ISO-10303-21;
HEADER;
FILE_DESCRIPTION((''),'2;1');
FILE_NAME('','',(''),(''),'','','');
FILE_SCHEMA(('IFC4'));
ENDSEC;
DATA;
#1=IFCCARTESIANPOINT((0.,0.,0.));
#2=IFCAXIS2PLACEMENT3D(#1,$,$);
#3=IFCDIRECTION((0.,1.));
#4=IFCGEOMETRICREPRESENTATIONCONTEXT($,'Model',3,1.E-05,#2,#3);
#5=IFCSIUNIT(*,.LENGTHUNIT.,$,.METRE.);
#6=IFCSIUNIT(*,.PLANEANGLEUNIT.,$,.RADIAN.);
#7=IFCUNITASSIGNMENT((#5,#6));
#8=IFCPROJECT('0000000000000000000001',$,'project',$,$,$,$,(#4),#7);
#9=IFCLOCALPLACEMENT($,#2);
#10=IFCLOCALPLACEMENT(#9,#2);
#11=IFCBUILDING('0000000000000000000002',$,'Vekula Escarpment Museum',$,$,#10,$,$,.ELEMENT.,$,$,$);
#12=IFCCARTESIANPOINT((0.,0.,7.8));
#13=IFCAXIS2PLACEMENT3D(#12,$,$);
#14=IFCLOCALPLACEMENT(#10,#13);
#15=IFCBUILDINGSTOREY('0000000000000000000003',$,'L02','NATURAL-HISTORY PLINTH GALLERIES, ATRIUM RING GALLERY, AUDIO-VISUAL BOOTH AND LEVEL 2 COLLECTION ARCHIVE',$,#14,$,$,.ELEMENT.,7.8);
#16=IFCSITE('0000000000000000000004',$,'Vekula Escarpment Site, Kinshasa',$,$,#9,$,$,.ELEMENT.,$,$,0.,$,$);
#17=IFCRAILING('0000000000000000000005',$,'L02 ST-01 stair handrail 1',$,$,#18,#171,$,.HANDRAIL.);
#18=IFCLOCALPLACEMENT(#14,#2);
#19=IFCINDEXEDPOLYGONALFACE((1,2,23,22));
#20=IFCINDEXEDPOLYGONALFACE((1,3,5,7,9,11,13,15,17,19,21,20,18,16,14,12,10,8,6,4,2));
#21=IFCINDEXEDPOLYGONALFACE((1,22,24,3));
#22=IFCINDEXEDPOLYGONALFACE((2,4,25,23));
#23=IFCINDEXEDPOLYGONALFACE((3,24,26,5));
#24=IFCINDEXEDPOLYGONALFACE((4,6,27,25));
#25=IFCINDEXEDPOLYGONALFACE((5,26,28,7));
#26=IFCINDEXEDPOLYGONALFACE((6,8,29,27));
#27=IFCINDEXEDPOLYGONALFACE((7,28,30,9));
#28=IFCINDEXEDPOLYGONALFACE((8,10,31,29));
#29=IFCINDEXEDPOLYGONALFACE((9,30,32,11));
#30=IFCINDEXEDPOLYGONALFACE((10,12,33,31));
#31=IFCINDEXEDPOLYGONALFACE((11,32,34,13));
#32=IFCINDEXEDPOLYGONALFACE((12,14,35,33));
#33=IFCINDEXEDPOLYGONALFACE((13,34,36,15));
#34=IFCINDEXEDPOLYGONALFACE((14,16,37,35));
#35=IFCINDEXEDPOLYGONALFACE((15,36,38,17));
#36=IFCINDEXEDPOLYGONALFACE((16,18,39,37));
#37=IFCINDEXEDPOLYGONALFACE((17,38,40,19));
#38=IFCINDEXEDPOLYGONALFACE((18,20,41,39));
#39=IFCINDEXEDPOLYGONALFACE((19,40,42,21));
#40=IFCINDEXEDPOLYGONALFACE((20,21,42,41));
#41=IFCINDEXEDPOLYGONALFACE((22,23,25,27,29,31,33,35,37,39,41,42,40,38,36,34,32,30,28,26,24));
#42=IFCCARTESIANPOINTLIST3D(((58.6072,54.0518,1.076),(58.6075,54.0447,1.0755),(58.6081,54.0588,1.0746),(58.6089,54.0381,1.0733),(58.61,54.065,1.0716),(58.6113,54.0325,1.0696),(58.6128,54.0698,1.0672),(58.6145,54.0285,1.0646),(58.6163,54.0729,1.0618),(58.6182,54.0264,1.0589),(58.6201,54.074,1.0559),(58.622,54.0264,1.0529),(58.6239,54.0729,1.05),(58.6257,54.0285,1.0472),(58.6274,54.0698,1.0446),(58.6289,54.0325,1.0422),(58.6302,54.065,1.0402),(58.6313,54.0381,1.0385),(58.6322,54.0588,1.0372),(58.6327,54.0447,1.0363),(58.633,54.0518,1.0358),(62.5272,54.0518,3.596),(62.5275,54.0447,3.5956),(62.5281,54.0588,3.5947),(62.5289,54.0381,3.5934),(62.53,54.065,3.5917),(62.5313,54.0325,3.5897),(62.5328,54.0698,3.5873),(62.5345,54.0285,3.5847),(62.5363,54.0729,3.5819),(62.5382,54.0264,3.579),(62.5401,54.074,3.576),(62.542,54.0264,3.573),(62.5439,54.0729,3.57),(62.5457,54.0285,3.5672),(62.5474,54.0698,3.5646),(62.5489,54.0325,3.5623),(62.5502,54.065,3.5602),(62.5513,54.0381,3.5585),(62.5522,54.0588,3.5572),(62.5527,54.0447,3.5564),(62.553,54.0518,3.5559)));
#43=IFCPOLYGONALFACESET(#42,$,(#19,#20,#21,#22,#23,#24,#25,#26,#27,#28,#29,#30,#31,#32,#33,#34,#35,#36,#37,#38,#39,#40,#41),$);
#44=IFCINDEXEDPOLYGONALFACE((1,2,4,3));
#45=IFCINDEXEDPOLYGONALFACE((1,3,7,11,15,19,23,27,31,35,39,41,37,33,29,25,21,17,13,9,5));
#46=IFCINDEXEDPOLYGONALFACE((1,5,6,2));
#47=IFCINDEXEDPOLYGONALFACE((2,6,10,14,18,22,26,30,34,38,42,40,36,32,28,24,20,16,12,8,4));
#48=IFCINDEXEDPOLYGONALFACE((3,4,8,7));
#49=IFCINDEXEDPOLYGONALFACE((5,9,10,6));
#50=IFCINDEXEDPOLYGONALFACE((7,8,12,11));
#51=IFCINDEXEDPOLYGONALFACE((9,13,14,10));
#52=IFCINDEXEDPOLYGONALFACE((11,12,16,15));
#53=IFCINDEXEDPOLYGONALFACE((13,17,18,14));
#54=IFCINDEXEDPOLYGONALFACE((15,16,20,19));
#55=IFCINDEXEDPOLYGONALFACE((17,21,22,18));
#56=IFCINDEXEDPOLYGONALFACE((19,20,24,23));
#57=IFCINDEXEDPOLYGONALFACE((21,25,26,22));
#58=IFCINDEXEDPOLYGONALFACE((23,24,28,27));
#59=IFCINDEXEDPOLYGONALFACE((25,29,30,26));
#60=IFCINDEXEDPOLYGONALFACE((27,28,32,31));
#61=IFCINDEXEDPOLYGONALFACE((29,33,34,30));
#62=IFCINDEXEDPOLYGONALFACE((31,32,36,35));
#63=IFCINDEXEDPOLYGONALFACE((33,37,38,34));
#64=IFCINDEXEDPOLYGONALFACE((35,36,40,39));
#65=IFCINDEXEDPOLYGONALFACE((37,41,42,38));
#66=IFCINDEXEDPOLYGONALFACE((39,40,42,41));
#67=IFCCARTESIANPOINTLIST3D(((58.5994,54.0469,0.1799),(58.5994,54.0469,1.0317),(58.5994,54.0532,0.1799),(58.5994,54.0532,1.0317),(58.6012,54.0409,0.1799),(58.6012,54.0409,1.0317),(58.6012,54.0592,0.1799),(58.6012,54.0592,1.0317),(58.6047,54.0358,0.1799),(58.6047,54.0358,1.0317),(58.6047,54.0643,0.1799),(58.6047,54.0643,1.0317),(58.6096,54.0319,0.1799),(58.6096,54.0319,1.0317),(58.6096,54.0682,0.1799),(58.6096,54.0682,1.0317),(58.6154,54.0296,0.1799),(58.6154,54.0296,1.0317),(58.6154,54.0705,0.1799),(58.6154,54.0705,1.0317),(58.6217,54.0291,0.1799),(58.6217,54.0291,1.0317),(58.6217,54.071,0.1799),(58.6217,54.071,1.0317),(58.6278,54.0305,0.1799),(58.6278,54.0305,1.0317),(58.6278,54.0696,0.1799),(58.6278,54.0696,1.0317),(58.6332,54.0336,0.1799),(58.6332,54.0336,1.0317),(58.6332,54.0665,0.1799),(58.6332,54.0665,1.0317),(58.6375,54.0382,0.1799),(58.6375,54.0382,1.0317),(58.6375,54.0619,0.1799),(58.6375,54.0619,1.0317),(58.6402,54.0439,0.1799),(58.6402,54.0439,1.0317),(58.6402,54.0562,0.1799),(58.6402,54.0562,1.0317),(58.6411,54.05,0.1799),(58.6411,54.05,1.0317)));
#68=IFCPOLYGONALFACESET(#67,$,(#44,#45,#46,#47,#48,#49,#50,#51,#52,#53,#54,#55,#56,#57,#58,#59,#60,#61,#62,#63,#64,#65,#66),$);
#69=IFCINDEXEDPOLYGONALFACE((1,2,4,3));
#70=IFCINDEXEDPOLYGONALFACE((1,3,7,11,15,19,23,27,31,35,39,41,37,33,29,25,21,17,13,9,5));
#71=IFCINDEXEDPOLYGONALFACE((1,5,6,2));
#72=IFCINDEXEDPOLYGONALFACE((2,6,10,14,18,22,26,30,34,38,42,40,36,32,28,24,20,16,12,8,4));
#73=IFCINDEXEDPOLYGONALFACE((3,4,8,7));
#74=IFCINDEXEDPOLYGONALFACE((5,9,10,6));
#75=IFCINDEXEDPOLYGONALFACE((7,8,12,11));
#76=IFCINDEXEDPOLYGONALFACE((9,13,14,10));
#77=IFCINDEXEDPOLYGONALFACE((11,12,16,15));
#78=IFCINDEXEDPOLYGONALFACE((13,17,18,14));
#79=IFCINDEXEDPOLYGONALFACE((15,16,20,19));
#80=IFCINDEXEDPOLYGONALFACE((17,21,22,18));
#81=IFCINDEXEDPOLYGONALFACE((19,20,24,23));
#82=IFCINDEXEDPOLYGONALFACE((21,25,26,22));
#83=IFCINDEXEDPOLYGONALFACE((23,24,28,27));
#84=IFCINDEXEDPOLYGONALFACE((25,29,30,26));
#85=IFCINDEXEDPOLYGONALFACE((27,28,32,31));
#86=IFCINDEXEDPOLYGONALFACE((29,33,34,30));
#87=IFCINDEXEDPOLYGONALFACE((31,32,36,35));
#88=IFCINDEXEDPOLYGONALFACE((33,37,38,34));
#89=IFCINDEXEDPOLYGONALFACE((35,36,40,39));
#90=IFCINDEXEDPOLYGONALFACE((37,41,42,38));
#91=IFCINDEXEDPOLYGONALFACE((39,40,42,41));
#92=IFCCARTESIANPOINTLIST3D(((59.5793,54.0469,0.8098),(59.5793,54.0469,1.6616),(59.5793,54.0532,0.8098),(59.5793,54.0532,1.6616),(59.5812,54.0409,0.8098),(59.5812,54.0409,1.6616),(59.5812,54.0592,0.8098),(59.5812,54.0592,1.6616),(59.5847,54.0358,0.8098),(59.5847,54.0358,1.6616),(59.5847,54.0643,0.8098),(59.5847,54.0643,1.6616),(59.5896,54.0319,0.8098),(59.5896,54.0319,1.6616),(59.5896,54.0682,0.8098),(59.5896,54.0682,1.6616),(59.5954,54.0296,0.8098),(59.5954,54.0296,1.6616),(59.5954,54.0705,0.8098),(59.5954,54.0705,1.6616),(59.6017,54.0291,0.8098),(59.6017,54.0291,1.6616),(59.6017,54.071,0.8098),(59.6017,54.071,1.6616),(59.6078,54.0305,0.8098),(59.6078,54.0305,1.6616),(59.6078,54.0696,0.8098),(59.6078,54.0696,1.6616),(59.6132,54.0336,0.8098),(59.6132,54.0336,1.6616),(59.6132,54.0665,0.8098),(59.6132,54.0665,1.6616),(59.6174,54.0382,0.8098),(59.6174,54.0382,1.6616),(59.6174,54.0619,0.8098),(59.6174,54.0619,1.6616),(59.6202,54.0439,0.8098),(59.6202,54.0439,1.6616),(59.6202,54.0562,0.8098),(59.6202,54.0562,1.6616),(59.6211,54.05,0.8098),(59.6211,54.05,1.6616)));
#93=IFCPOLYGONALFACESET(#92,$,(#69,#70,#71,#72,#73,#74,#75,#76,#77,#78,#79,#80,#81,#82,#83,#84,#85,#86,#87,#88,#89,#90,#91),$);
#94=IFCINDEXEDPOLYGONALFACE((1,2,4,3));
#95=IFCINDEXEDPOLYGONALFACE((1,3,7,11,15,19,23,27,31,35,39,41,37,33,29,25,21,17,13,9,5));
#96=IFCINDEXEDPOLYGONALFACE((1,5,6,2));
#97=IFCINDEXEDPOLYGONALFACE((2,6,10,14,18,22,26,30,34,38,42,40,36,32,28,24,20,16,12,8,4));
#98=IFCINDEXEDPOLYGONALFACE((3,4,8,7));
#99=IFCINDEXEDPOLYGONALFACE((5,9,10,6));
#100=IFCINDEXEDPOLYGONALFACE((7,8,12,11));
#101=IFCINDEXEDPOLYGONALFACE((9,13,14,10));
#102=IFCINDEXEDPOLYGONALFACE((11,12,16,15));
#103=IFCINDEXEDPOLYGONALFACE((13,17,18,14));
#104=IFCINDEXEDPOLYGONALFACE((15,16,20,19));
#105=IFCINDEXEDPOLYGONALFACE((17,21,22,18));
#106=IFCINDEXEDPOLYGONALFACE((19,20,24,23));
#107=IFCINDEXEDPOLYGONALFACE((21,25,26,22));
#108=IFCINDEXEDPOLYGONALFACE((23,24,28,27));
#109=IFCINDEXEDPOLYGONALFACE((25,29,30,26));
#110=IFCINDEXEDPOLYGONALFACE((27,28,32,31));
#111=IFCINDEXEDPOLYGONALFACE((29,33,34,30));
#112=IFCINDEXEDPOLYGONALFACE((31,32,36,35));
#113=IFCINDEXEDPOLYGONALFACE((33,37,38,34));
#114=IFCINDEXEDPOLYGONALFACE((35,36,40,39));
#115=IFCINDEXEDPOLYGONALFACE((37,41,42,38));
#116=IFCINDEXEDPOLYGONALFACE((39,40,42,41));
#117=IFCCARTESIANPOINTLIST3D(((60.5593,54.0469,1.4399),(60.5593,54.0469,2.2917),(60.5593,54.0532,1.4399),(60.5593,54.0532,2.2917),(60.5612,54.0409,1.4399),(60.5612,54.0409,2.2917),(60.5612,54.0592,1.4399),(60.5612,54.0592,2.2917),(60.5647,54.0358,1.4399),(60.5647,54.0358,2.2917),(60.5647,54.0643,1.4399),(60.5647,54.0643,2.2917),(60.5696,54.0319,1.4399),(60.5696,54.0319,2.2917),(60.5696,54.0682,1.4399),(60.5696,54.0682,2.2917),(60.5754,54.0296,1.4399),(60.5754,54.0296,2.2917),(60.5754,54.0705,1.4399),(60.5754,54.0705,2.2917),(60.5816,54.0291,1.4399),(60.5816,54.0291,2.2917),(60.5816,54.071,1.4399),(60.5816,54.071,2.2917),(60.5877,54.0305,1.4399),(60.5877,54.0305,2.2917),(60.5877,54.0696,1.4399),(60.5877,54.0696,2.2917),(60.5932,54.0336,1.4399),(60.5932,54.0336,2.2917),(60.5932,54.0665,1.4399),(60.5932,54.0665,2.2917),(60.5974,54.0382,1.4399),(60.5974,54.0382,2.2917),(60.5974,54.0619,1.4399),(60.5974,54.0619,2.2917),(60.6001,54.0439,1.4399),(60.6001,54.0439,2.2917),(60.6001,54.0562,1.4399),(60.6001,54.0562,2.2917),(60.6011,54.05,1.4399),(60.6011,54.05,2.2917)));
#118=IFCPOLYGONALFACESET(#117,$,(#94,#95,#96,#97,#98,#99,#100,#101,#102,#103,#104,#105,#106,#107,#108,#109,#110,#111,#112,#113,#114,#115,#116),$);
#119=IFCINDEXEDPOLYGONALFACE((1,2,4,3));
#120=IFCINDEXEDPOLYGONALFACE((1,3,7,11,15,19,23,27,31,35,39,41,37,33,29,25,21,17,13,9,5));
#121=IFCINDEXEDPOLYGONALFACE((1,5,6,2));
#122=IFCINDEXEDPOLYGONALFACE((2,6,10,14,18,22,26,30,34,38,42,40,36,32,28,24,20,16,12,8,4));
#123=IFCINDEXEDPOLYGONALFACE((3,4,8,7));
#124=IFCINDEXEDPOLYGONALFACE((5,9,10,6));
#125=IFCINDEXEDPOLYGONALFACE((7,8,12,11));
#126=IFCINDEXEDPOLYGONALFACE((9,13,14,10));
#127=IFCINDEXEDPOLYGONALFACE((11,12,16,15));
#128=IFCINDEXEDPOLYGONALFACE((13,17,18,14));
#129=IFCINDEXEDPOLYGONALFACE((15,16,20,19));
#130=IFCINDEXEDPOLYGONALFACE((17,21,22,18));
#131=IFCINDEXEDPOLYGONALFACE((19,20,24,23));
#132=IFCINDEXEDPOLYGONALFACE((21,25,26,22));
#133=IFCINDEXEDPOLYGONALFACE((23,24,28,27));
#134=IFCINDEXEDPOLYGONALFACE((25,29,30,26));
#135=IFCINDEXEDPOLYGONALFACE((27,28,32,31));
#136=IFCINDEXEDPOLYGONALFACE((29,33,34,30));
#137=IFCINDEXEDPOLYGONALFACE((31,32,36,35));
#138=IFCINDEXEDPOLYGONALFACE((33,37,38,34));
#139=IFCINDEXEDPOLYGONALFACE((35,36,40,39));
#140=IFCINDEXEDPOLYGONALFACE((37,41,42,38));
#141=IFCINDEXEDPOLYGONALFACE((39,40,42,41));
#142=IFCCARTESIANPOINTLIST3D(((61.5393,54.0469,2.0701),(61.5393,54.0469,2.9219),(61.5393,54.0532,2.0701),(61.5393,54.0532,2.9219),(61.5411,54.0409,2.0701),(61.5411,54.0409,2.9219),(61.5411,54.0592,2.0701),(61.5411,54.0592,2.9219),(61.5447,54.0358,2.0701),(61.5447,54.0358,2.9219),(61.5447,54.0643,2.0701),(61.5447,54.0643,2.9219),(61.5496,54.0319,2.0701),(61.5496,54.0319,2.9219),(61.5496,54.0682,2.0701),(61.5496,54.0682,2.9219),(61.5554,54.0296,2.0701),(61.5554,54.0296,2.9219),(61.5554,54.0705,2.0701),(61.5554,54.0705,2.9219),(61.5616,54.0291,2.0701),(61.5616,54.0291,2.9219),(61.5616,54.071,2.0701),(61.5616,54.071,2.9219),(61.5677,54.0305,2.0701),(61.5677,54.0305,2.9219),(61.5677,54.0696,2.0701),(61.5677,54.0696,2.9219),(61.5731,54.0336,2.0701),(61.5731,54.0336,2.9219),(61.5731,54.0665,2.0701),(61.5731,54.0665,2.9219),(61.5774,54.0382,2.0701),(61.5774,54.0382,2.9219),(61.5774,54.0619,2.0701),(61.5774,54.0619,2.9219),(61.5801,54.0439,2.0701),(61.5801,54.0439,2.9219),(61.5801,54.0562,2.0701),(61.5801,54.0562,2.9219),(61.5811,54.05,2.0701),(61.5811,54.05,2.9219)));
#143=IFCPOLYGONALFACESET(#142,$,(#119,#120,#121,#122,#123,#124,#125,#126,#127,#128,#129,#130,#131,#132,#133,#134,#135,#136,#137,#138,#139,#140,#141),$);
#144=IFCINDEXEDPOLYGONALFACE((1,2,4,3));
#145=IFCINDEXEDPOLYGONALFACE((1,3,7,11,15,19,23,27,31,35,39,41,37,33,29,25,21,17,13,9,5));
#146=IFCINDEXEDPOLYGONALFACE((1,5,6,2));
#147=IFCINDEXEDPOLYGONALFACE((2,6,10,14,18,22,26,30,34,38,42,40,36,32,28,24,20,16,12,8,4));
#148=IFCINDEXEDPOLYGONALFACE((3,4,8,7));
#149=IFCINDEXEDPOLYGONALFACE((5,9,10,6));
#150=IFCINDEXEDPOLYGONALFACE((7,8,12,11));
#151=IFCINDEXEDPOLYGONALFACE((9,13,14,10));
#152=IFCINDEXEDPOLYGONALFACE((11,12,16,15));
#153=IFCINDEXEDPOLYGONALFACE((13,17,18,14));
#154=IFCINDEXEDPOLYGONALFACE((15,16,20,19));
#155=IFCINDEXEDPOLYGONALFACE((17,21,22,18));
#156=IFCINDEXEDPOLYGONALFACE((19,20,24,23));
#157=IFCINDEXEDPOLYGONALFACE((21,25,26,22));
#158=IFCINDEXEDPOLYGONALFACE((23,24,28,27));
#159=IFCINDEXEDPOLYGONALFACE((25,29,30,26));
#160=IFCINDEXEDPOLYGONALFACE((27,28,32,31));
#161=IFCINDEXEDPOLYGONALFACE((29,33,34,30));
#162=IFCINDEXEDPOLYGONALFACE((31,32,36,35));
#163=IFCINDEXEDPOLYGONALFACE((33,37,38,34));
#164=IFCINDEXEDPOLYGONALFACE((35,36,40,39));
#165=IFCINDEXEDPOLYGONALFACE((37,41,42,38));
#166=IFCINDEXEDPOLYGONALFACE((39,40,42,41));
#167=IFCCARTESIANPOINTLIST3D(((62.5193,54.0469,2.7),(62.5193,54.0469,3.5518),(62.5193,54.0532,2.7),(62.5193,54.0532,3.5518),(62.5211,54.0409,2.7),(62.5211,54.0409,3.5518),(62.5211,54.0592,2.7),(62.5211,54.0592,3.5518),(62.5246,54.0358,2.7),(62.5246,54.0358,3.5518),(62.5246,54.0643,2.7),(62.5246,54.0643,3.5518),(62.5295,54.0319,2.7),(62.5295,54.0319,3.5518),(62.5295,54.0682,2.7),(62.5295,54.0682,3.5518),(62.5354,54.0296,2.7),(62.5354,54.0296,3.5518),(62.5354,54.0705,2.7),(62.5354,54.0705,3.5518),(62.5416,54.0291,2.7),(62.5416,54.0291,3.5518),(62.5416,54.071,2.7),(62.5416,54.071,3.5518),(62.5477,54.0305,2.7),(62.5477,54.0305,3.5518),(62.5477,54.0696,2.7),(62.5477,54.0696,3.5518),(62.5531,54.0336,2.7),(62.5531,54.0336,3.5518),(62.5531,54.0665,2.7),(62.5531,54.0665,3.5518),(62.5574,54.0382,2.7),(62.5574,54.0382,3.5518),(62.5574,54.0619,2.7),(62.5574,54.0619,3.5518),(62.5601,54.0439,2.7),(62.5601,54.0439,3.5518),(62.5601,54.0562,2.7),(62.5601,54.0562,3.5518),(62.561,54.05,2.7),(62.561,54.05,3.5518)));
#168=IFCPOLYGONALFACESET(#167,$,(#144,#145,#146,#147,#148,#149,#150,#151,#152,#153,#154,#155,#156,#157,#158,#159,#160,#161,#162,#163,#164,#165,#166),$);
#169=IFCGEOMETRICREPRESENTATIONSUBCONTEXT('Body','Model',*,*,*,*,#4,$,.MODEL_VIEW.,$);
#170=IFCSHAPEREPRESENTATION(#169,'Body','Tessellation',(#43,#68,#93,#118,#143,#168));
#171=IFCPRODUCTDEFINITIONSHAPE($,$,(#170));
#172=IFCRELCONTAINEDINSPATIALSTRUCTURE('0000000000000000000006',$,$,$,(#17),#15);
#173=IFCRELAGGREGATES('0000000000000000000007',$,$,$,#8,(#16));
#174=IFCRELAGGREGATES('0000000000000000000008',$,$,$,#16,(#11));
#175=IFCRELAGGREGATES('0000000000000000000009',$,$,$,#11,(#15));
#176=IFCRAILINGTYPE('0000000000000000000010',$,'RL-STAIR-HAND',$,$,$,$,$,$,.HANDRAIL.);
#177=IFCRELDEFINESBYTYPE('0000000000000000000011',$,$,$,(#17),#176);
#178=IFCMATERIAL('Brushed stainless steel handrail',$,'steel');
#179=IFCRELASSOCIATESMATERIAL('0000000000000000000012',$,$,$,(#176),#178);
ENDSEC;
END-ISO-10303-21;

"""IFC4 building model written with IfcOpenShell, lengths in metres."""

from ifc_helpers import new_model, si_unit, direction, frame, origin, origin_2d, place, context, subcontext, project, spatial, circle, extrude, material, type_object, element, save


model = new_model("IFC4")

# Units and contexts
model_context = context("Model", 3, precision=1e-05, world=origin(), true_north=direction((0.0, 1.0)))
body_context = subcontext(model_context, "Body", "Model", "MODEL_VIEW")
ifc_project = project(units=[si_unit("LENGTHUNIT", "METRE"), si_unit("PLANEANGLEUNIT", "RADIAN")], contexts=[model_context])

# Site, building, storey
site_placement = place(None, origin())
site = spatial("IfcSite", under=ifc_project, at=site_placement, Name="Vekula Escarpment Site, Kinshasa", CompositionType="ELEMENT", RefElevation=0.0)
building_placement = place(site_placement, origin())
building = spatial("IfcBuilding", under=site, at=building_placement, Name="Vekula Escarpment Museum", CompositionType="ELEMENT")
storey_placement = place(building_placement, frame((0.0, 0.0, 7.8)))
storey = spatial("IfcBuildingStorey", under=building, at=storey_placement, Name="L02", Description="NATURAL-HISTORY PLINTH GALLERIES, ATRIUM RING GALLERY, AUDIO-VISUAL BOOTH AND LEVEL 2 COLLECTION ARCHIVE", CompositionType="ELEMENT", Elevation=7.8)

# Railing
ifc_material_1 = material(Name="Brushed stainless steel handrail", Category="steel")
railing_type_1 = type_object("IfcRailingType", Name="RL-STAIR-HAND", PredefinedType="HANDRAIL", material=ifc_material_1)
railing_1_placement = place(storey_placement, frame((58.6201, 54.05, 0.1799)))
element("IfcRailing", 1, at=railing_1_placement, inside=storey, type_object=railing_type_1, Name="L02 ST-01 stair handrail 1", PredefinedType="HANDRAIL", context=body_context, shape_type="SweptSolid", body=[
    extrude(circle(Radius=0.0239, at=origin_2d()), frame((0.0, 0.0, 0.876), z_axis=(0.841172, 0.0, 0.540768), x_axis=(0.0, 1.0, 0.0)), (0.0, 0.0, 1.0), 4.6602),
    extrude(circle(Radius=0.021, at=origin_2d()), origin(), (0.0, 0.0, 1.0), 0.8518),
    extrude(circle(Radius=0.021, at=origin_2d()), frame((0.98, 0.0, 0.6299)), (0.0, 0.0, 1.0), 0.8518),
    extrude(circle(Radius=0.021, at=origin_2d()), frame((1.96, 0.0, 1.26)), (0.0, 0.0, 1.0), 0.8518),
    extrude(circle(Radius=0.021, at=origin_2d()), frame((2.9399, 0.0, 1.8901)), (0.0, 0.0, 1.0), 0.8518),
    extrude(circle(Radius=0.021, at=origin_2d()), frame((3.9199, 0.0, 2.52)), (0.0, 0.0, 1.0), 0.8518),
])

save(model, "model.ifc")
